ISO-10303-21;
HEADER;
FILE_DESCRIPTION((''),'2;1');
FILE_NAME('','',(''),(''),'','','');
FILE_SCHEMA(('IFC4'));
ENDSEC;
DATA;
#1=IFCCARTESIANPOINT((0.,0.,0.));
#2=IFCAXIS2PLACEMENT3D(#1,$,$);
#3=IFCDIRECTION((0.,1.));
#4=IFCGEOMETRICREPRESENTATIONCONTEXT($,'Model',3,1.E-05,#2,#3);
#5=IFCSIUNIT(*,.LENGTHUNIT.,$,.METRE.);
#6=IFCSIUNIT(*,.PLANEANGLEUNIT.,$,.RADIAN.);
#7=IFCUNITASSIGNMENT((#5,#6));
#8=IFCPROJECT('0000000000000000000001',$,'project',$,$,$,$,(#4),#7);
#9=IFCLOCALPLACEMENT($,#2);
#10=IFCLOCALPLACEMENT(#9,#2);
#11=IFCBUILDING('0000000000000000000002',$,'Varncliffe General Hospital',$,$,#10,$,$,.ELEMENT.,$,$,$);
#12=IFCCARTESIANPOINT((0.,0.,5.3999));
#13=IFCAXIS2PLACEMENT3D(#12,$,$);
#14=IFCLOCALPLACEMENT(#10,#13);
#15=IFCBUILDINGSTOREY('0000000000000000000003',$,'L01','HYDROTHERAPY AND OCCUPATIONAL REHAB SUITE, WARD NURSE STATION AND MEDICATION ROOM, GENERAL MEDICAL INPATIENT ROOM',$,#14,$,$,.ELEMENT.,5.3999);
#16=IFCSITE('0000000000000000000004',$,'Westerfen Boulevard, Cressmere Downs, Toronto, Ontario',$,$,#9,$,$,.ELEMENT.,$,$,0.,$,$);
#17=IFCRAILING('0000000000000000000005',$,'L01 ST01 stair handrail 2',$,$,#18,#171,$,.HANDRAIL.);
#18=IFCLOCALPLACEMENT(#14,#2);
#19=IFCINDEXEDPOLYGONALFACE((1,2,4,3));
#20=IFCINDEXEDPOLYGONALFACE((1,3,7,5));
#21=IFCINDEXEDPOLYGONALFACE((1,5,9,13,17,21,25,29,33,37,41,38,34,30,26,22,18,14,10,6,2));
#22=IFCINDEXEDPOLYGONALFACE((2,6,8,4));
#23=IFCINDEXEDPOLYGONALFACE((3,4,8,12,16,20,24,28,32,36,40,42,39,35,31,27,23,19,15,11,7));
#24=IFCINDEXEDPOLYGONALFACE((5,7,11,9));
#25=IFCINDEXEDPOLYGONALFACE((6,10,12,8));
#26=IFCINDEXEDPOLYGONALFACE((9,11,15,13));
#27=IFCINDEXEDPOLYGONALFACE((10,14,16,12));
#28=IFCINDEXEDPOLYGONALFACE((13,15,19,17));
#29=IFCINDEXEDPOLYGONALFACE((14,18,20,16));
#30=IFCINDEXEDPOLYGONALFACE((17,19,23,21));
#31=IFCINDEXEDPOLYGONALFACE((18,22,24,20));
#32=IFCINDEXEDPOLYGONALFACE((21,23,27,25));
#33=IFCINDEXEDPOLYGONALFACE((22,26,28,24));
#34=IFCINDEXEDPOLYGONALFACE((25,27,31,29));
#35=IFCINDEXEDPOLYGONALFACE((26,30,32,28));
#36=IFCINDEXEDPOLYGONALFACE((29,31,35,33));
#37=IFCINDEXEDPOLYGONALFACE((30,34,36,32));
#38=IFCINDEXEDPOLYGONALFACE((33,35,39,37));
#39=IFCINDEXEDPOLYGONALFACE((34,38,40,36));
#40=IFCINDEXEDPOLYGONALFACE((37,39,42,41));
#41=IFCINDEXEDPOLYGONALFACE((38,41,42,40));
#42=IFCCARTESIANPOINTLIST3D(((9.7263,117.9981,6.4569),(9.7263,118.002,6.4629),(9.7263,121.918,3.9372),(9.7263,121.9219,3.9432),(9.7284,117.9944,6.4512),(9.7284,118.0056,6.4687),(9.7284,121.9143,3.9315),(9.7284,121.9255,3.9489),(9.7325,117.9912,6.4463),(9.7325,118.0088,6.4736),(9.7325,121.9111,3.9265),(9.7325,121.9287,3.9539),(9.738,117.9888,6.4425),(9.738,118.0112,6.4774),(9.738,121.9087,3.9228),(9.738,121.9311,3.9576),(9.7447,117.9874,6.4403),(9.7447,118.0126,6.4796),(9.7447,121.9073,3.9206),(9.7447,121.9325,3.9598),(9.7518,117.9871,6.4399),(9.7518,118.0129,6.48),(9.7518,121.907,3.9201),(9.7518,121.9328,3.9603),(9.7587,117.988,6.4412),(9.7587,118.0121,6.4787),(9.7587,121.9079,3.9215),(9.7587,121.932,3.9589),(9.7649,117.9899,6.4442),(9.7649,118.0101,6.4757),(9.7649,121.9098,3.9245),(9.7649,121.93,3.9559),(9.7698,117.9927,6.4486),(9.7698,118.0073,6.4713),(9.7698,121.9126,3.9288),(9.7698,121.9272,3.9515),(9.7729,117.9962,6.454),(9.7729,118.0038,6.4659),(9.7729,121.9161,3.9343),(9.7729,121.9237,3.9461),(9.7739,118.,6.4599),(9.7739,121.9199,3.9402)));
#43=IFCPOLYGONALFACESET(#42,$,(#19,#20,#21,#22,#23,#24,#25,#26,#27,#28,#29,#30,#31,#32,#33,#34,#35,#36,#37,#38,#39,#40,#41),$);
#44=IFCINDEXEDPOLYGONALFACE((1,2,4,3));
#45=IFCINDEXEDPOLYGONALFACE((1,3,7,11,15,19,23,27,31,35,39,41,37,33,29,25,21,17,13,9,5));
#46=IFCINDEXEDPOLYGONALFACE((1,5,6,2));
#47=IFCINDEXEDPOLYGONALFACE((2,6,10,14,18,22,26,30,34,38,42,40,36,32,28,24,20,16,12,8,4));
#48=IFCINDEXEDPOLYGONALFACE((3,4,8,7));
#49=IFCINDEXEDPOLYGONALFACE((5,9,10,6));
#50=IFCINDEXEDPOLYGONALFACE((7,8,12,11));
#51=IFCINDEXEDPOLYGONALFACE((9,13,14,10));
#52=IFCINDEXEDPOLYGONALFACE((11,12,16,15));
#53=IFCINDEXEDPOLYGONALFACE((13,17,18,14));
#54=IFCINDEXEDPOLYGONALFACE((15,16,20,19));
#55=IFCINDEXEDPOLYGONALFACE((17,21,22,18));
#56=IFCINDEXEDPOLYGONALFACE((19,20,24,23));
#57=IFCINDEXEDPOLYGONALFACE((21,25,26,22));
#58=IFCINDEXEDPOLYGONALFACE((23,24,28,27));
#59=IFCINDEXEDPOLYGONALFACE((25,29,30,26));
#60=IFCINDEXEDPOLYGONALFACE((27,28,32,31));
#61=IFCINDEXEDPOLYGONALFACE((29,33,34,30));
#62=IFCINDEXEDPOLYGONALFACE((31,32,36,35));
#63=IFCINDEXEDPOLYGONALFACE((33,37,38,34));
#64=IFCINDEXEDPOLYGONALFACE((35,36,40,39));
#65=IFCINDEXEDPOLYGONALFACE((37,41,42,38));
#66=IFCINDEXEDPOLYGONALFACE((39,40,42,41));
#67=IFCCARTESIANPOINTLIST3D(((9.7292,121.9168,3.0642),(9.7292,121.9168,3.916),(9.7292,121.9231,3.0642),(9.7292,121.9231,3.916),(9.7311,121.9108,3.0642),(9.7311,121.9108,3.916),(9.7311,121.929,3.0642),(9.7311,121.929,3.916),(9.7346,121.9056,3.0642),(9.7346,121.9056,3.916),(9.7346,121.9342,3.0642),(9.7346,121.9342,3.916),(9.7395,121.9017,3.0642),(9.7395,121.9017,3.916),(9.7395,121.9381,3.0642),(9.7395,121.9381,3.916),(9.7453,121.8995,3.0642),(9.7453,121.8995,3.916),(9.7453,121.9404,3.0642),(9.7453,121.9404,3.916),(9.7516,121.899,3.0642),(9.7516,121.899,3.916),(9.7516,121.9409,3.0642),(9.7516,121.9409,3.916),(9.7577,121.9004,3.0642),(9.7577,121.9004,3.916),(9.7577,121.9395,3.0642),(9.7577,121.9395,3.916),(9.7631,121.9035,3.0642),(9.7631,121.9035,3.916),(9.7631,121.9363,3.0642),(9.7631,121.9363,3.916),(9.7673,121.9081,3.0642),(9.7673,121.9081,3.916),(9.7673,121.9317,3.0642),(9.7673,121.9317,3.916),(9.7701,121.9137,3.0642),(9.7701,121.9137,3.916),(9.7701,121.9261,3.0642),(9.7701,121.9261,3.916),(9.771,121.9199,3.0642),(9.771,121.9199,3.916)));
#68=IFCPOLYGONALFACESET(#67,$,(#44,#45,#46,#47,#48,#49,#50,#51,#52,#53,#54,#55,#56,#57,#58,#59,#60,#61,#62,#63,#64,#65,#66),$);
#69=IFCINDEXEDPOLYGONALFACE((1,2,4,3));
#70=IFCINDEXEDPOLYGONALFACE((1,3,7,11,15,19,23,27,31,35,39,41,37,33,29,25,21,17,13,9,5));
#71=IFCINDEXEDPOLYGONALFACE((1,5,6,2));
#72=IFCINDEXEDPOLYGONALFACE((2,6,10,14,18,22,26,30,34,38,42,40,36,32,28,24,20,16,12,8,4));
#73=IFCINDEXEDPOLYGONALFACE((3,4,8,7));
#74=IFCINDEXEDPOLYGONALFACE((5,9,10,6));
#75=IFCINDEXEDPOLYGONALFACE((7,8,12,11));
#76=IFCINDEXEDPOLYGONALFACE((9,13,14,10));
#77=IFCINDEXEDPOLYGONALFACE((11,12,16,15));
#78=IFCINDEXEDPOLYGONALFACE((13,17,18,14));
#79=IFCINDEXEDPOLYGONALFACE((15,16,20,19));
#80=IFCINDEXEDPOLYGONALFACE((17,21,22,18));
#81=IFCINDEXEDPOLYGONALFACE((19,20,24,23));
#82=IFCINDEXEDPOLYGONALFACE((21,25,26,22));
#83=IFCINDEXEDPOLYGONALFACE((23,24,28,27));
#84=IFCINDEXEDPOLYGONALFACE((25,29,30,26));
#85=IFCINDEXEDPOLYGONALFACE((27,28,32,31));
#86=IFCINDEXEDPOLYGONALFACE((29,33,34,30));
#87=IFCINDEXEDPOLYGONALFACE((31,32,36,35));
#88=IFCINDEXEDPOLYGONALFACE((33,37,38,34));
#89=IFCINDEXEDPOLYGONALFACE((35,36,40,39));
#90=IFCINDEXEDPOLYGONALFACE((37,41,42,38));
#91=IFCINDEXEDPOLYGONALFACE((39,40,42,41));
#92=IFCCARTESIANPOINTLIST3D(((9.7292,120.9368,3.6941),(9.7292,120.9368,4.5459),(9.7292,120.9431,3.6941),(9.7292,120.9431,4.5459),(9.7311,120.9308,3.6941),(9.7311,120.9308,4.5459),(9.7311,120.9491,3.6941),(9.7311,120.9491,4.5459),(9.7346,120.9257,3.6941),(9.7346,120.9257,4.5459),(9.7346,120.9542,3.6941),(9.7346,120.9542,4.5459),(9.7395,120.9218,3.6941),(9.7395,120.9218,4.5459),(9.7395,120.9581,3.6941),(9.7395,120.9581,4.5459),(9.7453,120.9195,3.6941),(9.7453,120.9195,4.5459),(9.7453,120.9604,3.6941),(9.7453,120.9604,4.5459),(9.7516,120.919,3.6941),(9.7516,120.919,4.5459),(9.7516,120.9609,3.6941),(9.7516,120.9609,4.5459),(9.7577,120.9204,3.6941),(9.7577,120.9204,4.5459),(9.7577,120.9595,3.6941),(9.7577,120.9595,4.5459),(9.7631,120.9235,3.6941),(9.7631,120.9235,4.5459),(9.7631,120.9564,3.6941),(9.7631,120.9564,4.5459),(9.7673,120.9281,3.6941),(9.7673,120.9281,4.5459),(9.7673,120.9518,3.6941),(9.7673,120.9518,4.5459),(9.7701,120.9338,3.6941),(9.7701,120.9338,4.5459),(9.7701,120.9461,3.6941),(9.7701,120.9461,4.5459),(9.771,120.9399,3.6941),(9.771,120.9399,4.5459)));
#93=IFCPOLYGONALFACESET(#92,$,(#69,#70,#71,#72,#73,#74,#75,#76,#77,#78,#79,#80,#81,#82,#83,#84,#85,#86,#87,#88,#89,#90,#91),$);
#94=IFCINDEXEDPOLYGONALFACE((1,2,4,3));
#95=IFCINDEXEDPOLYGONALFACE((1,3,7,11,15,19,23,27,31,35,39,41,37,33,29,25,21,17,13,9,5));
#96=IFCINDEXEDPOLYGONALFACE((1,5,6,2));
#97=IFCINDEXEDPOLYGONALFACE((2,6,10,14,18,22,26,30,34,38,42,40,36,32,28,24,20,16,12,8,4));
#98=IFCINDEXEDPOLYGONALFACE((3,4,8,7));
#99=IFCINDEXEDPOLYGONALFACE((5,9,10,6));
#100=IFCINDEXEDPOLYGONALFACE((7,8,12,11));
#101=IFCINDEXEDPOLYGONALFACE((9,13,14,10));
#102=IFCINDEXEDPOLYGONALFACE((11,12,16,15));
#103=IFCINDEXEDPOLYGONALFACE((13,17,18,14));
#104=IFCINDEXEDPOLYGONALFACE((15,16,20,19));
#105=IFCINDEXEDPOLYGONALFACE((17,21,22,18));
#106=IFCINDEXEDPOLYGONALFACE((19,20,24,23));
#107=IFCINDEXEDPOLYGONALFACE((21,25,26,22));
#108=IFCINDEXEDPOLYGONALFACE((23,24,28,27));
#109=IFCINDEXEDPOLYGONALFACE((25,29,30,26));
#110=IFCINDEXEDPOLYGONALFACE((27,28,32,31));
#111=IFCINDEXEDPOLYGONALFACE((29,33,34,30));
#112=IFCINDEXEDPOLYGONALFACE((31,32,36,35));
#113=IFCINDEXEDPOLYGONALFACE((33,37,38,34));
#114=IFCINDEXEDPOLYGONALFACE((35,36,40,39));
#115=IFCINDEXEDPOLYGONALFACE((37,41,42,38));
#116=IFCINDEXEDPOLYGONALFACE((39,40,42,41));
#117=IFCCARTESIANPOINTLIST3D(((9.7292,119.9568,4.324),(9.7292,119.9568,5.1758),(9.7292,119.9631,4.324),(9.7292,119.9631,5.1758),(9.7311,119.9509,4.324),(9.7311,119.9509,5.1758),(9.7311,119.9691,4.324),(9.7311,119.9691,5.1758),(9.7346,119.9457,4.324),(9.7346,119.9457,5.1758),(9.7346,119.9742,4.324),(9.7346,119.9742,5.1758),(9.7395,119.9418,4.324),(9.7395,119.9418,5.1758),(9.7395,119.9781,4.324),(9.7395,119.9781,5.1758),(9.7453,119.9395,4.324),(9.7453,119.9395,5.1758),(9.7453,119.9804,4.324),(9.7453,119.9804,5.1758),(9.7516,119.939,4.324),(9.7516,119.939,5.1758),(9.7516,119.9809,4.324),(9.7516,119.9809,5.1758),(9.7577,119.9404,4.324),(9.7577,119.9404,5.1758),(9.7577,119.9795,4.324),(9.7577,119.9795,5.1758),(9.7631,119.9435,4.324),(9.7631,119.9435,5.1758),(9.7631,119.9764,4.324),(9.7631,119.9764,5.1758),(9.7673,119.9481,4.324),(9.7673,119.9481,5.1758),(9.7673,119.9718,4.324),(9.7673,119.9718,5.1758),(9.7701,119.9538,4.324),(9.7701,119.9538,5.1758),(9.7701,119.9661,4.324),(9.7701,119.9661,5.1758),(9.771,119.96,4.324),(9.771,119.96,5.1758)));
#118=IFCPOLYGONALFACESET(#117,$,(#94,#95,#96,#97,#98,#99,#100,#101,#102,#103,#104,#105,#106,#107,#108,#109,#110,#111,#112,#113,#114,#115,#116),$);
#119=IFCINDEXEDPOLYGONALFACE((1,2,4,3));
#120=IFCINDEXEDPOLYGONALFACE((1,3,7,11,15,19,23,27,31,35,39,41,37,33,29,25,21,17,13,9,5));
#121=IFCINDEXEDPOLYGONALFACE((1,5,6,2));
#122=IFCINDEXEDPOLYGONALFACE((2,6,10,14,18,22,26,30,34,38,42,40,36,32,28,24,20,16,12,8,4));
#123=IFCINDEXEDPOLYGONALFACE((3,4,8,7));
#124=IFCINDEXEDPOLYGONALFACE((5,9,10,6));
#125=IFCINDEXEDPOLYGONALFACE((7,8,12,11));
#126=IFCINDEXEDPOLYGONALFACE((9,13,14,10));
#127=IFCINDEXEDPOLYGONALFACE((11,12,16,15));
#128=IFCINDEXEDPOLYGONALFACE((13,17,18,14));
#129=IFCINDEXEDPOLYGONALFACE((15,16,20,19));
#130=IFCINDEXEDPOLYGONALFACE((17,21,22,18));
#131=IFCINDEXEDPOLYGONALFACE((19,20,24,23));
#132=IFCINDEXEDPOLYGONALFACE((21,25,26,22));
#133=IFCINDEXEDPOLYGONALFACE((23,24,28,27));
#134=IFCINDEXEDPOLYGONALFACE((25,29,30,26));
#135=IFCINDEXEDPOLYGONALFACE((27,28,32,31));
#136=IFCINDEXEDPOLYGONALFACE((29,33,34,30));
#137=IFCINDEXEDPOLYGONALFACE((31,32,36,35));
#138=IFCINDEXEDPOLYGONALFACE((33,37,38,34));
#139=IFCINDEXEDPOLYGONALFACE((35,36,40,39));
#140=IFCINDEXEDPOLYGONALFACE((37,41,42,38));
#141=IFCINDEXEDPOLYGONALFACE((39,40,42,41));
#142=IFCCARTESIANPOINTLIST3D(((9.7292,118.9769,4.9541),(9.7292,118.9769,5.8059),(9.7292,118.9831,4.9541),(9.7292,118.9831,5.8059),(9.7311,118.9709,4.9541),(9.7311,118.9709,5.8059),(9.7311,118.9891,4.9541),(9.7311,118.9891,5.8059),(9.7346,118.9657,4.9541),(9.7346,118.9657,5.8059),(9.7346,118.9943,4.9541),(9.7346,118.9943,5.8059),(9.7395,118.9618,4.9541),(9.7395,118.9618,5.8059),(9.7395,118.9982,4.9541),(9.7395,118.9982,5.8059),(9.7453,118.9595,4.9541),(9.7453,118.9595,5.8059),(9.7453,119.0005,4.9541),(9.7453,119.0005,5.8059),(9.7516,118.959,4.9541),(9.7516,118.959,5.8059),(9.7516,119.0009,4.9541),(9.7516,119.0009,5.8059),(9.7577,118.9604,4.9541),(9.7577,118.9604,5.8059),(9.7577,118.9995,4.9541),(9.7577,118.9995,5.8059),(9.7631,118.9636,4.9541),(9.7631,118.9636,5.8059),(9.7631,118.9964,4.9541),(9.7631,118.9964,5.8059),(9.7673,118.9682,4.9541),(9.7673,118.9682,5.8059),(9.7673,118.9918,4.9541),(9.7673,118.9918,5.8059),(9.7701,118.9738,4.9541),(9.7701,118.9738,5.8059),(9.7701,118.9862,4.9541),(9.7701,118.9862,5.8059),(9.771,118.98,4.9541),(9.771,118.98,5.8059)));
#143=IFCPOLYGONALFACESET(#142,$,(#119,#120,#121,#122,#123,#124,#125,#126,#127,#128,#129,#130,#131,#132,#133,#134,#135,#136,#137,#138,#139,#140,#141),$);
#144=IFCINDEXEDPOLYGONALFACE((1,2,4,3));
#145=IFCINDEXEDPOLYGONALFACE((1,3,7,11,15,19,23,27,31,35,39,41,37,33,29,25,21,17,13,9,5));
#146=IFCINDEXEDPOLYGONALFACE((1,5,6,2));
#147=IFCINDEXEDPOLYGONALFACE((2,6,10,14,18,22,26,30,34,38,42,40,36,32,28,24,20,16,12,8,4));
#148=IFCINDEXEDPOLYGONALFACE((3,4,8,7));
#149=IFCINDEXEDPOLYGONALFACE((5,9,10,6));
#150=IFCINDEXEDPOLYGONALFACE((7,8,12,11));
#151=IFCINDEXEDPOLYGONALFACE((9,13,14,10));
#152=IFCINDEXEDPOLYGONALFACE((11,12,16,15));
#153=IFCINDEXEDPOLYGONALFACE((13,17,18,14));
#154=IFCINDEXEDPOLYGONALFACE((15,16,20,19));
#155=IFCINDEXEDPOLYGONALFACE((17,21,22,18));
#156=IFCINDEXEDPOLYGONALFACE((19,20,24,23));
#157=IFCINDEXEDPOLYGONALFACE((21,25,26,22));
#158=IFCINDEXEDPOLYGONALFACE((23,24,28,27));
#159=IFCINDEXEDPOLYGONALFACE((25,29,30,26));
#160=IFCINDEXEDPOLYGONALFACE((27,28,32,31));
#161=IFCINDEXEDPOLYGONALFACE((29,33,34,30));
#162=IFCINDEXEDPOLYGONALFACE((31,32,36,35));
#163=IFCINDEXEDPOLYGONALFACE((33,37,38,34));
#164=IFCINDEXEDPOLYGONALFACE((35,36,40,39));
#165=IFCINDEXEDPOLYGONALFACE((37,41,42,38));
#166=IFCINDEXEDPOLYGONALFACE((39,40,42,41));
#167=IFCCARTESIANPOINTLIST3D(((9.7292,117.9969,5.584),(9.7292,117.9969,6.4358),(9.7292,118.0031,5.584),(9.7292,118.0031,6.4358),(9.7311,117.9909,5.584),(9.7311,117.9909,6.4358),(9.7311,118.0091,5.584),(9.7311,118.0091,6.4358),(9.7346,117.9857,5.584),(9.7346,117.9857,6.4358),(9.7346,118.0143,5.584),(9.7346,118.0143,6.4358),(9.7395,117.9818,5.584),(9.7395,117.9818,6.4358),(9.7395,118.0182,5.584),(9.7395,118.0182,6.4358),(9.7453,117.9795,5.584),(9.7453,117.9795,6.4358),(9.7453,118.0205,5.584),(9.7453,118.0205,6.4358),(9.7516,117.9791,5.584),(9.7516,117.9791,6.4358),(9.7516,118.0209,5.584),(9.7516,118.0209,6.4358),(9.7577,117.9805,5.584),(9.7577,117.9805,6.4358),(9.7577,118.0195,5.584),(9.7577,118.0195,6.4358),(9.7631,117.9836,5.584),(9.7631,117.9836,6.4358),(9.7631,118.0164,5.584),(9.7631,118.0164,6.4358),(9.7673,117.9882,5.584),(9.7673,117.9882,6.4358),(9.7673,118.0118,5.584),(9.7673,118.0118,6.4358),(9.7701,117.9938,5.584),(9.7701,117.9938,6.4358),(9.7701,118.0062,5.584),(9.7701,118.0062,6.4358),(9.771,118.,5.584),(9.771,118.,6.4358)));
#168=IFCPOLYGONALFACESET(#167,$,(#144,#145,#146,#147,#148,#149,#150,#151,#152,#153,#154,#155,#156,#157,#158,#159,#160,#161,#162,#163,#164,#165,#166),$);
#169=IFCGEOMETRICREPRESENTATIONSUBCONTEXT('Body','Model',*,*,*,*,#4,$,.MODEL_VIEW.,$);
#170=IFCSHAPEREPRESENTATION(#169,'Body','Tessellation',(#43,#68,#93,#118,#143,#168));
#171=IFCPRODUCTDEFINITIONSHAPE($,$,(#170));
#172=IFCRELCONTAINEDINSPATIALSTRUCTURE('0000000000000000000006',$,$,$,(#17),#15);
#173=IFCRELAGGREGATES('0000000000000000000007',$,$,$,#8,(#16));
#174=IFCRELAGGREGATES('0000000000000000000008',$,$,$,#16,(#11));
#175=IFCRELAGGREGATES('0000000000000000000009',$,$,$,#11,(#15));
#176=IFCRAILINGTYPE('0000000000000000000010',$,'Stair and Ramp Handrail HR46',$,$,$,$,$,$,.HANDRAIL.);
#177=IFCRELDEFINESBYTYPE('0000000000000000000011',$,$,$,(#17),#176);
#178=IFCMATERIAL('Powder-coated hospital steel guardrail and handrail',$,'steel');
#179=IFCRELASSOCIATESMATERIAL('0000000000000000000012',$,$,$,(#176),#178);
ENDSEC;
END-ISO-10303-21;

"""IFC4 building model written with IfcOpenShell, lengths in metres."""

from ifc_helpers import new_model, si_unit, direction, frame, origin, origin_2d, place, context, subcontext, project, spatial, circle, extrude, material, type_object, element, save


model = new_model("IFC4")

# Units and contexts
model_context = context("Model", 3, precision=1e-05, world=origin(), true_north=direction((0.0, 1.0)))
body_context = subcontext(model_context, "Body", "Model", "MODEL_VIEW")
ifc_project = project(units=[si_unit("LENGTHUNIT", "METRE"), si_unit("PLANEANGLEUNIT", "RADIAN")], contexts=[model_context])

# Site, building, storey
site_placement = place(None, origin())
site = spatial("IfcSite", under=ifc_project, at=site_placement, Name="Westerfen Boulevard, Cressmere Downs, Toronto, Ontario", CompositionType="ELEMENT", RefElevation=0.0)
building_placement = place(site_placement, origin())
building = spatial("IfcBuilding", under=site, at=building_placement, Name="Varncliffe General Hospital", CompositionType="ELEMENT")
storey_placement = place(building_placement, frame((0.0, 0.0, 5.3999)))
storey = spatial("IfcBuildingStorey", under=building, at=storey_placement, Name="L01", Description="HYDROTHERAPY AND OCCUPATIONAL REHAB SUITE, WARD NURSE STATION AND MEDICATION ROOM, GENERAL MEDICAL INPATIENT ROOM", CompositionType="ELEMENT", Elevation=5.3999)

# Railing
ifc_material_1 = material(Name="Powder-coated hospital steel guardrail and handrail", Category="steel")
railing_type = type_object("IfcRailingType", Name="Stair and Ramp Handrail HR46", PredefinedType="HANDRAIL", material=ifc_material_1)
railing_placement = place(storey_placement, frame((9.75, 121.9199, 3.0642)))
element("IfcRailing", 1, at=railing_placement, inside=storey, type_object=railing_type, Name="L01 ST01 stair handrail 2", PredefinedType="HANDRAIL", context=body_context, shape_type="SweptSolid", body=[
    extrude(circle(Radius=0.0239, at=origin_2d()), frame((0.0, 0.0, 0.876), z_axis=(0.0, -0.841195, 0.540731), x_axis=(1.0, 0.0, 0.0)), (0.0, 0.0, 1.0), 4.6599),
    extrude(circle(Radius=0.021, at=origin_2d()), origin(), (0.0, 0.0, 1.0), 0.8518),
    extrude(circle(Radius=0.021, at=origin_2d()), frame((0.0, -0.98, 0.6299)), (0.0, 0.0, 1.0), 0.8518),
    extrude(circle(Radius=0.021, at=origin_2d()), frame((0.0, -1.96, 1.2598)), (0.0, 0.0, 1.0), 0.8518),
    extrude(circle(Radius=0.021, at=origin_2d()), frame((0.0, -2.9399, 1.8899)), (0.0, 0.0, 1.0), 0.8518),
    extrude(circle(Radius=0.021, at=origin_2d()), frame((0.0, -3.9199, 2.5198)), (0.0, 0.0, 1.0), 0.8518),
])

save(model, "model.ifc")
